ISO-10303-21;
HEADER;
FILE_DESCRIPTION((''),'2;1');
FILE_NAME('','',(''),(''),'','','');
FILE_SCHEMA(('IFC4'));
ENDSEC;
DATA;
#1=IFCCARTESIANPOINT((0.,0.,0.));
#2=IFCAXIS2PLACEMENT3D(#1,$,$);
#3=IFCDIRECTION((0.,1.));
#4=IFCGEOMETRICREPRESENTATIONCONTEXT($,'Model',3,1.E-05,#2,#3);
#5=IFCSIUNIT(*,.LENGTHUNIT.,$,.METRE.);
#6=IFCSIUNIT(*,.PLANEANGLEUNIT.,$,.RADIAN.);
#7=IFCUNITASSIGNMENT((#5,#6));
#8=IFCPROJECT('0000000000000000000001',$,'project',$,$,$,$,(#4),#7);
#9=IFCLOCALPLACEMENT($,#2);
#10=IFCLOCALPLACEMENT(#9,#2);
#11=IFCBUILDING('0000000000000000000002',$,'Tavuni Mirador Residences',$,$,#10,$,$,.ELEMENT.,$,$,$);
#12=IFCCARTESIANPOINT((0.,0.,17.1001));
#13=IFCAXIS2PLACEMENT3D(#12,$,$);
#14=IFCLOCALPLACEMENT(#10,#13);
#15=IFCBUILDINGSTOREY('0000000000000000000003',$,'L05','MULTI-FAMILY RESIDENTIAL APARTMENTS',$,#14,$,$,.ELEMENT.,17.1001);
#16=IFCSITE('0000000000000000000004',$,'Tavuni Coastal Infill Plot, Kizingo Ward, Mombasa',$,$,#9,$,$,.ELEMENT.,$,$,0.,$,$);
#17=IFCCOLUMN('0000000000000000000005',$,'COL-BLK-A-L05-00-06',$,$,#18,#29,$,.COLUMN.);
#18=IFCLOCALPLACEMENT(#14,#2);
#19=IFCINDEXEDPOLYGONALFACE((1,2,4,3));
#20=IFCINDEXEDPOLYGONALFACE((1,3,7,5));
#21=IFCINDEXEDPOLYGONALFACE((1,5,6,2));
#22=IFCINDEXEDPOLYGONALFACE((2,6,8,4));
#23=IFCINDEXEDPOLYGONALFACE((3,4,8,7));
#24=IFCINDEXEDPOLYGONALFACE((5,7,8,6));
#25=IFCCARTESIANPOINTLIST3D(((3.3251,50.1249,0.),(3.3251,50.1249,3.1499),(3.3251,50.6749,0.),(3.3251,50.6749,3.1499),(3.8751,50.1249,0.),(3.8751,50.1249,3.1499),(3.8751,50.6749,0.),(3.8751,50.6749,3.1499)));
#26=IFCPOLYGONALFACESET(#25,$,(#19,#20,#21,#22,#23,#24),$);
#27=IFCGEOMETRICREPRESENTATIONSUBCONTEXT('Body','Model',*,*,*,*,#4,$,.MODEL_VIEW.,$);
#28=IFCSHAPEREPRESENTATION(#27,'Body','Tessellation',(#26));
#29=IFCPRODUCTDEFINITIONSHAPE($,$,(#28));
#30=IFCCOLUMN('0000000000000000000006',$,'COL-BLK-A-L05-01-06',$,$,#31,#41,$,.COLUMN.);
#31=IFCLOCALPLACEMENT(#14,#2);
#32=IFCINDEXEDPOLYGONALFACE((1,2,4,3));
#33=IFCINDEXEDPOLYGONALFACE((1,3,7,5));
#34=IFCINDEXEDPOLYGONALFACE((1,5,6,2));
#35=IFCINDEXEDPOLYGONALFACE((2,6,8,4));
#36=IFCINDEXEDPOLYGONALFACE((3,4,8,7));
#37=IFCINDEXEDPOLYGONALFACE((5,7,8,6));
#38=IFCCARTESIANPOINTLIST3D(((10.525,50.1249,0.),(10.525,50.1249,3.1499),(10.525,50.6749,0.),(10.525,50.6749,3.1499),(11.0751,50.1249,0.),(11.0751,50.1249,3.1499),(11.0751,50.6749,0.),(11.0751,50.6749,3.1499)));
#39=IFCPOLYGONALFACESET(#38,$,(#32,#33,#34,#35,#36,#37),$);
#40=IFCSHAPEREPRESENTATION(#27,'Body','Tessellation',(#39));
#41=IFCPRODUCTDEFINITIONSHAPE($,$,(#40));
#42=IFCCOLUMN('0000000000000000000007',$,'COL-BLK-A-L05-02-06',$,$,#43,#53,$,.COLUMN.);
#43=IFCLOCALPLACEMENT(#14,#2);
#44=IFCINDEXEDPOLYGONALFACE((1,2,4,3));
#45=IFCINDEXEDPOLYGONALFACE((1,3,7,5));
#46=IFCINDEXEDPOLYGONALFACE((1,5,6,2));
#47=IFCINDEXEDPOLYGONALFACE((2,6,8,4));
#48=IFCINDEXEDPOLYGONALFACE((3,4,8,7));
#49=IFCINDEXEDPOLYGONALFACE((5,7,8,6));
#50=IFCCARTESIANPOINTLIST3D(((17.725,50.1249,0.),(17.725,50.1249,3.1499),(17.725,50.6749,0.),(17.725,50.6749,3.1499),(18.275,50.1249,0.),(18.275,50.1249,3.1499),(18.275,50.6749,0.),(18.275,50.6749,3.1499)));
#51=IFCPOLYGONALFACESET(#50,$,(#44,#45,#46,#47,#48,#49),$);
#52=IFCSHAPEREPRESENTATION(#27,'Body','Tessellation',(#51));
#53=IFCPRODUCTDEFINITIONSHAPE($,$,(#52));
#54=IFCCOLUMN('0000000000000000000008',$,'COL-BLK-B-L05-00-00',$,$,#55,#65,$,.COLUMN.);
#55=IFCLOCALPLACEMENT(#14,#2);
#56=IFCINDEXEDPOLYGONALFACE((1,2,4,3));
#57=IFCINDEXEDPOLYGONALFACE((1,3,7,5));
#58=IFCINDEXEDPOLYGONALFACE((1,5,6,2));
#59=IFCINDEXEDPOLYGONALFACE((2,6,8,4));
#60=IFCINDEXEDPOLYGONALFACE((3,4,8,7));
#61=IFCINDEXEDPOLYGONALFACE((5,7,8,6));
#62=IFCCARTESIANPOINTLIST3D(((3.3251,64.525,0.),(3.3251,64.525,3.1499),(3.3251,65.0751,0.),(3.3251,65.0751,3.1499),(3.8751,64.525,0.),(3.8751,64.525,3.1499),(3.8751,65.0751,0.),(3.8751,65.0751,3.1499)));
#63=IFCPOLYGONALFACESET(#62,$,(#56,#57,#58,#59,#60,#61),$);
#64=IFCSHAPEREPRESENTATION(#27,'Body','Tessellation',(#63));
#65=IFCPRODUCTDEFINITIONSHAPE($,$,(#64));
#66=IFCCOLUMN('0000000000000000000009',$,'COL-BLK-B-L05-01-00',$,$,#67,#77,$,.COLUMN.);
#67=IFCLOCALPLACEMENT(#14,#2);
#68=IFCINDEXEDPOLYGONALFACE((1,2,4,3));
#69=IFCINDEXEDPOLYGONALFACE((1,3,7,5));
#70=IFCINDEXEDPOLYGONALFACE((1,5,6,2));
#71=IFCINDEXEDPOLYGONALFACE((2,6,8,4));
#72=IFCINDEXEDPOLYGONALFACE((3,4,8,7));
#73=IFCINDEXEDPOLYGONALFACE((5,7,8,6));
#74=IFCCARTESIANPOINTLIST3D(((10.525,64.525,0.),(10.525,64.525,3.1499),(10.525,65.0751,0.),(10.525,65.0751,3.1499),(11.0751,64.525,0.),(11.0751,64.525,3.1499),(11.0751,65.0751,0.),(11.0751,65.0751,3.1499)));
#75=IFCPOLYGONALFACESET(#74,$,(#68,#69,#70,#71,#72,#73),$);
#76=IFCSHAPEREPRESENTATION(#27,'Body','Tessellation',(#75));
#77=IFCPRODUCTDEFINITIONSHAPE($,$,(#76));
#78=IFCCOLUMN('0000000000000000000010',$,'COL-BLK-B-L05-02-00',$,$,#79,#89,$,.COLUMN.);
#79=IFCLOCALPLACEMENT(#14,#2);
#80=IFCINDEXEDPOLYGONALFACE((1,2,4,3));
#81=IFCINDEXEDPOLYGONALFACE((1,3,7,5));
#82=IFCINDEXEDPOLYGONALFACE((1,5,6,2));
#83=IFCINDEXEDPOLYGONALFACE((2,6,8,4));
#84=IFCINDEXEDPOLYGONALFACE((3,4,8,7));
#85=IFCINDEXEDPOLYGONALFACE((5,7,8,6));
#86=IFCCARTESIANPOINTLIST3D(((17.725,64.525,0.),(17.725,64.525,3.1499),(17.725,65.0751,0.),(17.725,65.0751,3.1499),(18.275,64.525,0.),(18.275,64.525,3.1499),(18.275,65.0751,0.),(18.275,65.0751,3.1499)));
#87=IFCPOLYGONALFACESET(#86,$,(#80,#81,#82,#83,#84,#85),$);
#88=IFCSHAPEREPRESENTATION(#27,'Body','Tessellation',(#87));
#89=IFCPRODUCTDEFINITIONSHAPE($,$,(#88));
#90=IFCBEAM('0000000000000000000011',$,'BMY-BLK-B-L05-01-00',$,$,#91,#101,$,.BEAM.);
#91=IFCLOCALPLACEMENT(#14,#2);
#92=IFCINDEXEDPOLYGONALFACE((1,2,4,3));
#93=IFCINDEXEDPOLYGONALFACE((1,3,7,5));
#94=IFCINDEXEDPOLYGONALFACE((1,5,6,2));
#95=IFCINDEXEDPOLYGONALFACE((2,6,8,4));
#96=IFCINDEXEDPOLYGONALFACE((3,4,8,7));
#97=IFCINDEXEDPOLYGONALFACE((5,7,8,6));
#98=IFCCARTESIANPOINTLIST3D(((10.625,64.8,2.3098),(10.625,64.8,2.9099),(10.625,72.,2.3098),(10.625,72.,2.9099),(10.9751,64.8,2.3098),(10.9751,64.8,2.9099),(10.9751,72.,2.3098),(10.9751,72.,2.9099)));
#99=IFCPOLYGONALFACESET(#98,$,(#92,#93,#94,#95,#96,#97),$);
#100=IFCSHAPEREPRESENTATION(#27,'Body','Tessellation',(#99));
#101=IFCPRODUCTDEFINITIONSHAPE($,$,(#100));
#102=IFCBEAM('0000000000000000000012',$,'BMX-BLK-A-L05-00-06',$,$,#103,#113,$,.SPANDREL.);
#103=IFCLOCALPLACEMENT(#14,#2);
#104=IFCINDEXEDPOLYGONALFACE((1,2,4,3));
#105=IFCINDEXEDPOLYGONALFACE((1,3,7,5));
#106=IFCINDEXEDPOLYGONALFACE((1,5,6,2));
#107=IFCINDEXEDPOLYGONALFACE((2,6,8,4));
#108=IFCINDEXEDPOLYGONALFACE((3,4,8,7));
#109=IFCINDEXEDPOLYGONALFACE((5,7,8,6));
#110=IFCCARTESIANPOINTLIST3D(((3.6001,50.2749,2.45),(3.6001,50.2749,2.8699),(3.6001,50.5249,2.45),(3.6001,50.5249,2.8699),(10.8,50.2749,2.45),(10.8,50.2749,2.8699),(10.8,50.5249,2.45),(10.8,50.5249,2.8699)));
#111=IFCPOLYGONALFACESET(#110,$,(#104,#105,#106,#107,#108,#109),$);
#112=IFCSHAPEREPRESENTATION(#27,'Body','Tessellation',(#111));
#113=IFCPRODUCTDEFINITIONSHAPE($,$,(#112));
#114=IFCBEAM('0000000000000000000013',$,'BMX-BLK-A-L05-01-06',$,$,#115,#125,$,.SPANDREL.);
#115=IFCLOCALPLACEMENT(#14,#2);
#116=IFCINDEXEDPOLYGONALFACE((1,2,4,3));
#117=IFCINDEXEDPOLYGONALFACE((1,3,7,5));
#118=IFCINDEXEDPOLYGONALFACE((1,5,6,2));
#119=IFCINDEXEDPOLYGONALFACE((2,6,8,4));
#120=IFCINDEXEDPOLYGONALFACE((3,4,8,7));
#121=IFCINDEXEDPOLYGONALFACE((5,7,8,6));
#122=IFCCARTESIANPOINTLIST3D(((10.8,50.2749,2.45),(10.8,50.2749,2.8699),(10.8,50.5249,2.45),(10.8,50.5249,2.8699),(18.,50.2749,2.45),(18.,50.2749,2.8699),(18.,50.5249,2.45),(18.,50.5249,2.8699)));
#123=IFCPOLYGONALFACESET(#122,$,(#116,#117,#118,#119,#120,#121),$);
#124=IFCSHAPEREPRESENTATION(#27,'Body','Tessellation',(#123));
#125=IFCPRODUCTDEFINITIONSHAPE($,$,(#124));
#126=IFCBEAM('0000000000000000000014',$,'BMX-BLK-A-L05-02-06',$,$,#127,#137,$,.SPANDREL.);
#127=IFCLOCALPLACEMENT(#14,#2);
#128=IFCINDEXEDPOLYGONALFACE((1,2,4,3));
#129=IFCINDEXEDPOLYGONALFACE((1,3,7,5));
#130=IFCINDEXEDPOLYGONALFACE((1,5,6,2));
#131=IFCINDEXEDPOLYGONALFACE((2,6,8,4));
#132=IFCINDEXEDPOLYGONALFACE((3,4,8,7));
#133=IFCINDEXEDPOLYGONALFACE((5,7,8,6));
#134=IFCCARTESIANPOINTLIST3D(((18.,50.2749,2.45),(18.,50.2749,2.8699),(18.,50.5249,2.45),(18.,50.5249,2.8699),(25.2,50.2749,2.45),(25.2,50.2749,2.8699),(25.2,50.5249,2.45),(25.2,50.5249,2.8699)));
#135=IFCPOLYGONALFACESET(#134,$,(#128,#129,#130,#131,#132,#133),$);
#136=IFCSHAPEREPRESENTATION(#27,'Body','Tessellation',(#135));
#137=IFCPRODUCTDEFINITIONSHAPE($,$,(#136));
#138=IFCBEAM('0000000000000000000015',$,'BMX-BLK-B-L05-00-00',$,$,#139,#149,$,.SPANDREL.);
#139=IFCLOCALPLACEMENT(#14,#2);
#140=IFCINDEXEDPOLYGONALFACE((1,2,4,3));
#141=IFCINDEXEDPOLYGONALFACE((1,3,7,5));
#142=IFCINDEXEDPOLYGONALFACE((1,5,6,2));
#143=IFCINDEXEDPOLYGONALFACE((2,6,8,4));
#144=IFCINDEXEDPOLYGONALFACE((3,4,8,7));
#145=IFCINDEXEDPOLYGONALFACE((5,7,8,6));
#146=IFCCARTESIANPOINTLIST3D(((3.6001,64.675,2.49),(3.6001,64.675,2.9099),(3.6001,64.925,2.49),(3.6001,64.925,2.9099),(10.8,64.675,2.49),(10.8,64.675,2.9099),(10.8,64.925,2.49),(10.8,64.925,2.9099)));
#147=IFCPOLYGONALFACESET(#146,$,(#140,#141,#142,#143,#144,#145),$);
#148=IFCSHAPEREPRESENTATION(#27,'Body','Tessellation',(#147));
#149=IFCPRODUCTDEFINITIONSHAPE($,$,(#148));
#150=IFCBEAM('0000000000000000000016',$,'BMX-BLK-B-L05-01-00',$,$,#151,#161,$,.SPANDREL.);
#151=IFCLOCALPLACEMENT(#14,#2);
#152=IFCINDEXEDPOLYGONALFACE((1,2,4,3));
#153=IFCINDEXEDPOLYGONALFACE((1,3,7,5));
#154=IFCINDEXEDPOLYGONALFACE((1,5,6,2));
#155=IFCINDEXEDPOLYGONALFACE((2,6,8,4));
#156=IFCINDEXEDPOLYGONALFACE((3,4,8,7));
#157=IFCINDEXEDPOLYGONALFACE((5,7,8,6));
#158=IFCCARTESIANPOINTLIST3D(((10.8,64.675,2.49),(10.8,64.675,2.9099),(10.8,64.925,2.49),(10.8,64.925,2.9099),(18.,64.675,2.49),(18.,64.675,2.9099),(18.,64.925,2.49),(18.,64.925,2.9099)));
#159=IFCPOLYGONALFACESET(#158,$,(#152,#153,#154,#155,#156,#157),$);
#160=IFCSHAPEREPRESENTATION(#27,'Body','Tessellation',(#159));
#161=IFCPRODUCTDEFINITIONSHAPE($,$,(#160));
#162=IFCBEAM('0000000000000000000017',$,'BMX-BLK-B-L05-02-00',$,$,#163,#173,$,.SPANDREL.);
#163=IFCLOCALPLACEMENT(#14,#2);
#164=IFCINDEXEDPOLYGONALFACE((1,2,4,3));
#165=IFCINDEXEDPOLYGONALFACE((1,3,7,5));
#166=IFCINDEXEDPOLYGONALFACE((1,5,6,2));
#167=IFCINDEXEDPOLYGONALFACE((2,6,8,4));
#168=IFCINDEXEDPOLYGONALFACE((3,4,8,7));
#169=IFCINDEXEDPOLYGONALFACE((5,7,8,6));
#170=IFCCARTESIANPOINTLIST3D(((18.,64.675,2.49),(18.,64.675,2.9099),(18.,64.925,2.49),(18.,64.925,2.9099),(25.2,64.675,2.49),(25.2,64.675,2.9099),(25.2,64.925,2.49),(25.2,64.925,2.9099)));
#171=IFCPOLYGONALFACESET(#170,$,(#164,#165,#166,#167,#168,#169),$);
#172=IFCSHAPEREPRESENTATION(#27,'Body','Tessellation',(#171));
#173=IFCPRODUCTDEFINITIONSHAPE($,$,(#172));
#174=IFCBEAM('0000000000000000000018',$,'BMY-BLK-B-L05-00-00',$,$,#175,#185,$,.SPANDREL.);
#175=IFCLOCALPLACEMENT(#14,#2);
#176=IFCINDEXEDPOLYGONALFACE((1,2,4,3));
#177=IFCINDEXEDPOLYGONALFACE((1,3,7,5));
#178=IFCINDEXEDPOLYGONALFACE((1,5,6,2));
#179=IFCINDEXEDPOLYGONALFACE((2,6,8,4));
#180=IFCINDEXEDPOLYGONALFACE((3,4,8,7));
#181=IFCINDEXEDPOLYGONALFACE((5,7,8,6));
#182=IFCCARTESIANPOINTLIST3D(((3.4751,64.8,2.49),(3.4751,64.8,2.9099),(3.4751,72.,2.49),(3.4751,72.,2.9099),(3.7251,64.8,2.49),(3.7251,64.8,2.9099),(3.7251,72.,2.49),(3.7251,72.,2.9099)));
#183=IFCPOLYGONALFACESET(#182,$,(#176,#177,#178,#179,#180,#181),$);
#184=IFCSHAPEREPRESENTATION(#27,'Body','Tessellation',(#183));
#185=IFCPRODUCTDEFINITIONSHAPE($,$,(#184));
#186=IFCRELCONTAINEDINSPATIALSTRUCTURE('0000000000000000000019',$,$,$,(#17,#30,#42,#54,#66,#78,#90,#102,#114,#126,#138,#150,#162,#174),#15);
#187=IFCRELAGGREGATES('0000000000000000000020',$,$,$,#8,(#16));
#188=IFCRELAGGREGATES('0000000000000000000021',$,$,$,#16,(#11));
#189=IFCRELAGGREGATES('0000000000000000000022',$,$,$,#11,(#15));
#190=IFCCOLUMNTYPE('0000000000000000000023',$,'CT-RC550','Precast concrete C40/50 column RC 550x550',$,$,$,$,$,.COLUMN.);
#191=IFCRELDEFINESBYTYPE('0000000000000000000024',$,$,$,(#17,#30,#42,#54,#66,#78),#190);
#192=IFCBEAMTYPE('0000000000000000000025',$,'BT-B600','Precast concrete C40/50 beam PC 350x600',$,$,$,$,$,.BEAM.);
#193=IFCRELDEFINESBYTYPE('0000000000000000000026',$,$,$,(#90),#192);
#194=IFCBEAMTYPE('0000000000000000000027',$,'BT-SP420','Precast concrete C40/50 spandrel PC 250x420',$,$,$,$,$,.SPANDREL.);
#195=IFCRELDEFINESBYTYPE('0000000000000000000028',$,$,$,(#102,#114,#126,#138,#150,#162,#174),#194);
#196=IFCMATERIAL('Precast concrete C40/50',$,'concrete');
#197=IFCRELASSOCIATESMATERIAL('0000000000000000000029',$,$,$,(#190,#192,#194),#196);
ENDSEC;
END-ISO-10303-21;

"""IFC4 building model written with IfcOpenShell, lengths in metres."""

from ifc_helpers import new_model, si_unit, direction, frame, origin, origin_2d, place, context, subcontext, project, spatial, rectangle, extrude, material, material_profile, profile_set, type_object, element, save


model = new_model("IFC4")

# Units and contexts
model_context = context("Model", 3, precision=1e-05, world=origin(), true_north=direction((0.0, 1.0)))
body_context = subcontext(model_context, "Body", "Model", "MODEL_VIEW")
ifc_project = project(units=[si_unit("LENGTHUNIT", "METRE"), si_unit("PLANEANGLEUNIT", "RADIAN")], contexts=[model_context])

# Site, building, storey
site_placement = place(None, origin())
site = spatial("IfcSite", under=ifc_project, at=site_placement, Name="Tavuni Coastal Infill Plot, Kizingo Ward, Mombasa", CompositionType="ELEMENT", RefElevation=0.0)
building_placement = place(site_placement, origin())
building = spatial("IfcBuilding", under=site, at=building_placement, Name="Tavuni Mirador Residences", CompositionType="ELEMENT")
storey_placement = place(building_placement, frame((0.0, 0.0, 17.1001)))
storey = spatial("IfcBuildingStorey", under=building, at=storey_placement, Name="L05", Description="MULTI-FAMILY RESIDENTIAL APARTMENTS", CompositionType="ELEMENT", Elevation=17.1001)

# Columns
ifc_material_1 = material(Name="Precast concrete C40/50", Category="concrete")
ifc_material_profile_1 = material_profile(ifc_material_1, rectangle(XDim=0.55, YDim=0.55, at=origin_2d()), Name="RC 550x550", Category="concrete")
ifc_profile_set_1 = profile_set([ifc_material_profile_1], Name="Precast concrete C40/50")
column_type = type_object("IfcColumnType", Name="CT-RC550", Description="Precast concrete C40/50 column RC 550x550", PredefinedType="COLUMN", material=ifc_profile_set_1)
for number, where, z_axis, x_axis, name in (
    (1, (3.6001, 50.3999, 0.0), (0.0, 0.0, 1.0), (1.0, 0.0, 0.0), "COL-BLK-A-L05-00-06"),
    (2, (10.8, 50.3999, 0.0), (0.0, 0.0, 1.0), (1.0, 0.0, 0.0), "COL-BLK-A-L05-01-06"),
    (3, (18.0, 50.3999, 0.0), (0.0, 0.0, 1.0), (1.0, 0.0, 0.0), "COL-BLK-A-L05-02-06"),
    (4, (3.6001, 64.8, 0.0), (0.0, 0.0, 1.0), (1.0, 0.0, 0.0), "COL-BLK-B-L05-00-00"),
    (5, (10.8, 64.8, 0.0), (0.0, 0.0, 1.0), (1.0, 0.0, 0.0), "COL-BLK-B-L05-01-00"),
    (6, (18.0, 64.8, 0.0), (0.0, 0.0, 1.0), (1.0, 0.0, 0.0), "COL-BLK-B-L05-02-00"),
):
    element("IfcColumn", number, at=place(storey_placement, frame(where, z_axis=z_axis, x_axis=x_axis)), inside=storey, type_object=column_type, Name=name, PredefinedType="COLUMN", context=body_context, shape_type="SweptSolid", body=[
        extrude(rectangle(XDim=0.55, YDim=0.55, at=origin_2d()), origin(), (0.0, 0.0, 1.0), 3.1499),
    ])

# Beams
ifc_material_profile_2 = material_profile(ifc_material_1, rectangle(XDim=0.3501, YDim=0.6001, at=origin_2d()), Name="PC 350x600", Category="concrete")
ifc_profile_set_2 = profile_set([ifc_material_profile_2], Name="Precast concrete C40/50")
beam_type_1 = type_object("IfcBeamType", Name="BT-B600", Description="Precast concrete C40/50 beam PC 350x600", PredefinedType="BEAM", material=ifc_profile_set_2)
beam_placement = place(storey_placement, frame((10.8, 64.8, 2.6099), z_axis=(0.0, 1.0, 0.0), x_axis=(-1.0, 0.0, 0.0)))
element("IfcBeam", 7, at=beam_placement, inside=storey, type_object=beam_type_1, Name="BMY-BLK-B-L05-01-00", PredefinedType="BEAM", context=body_context, shape_type="SweptSolid", body=[
    extrude(rectangle(XDim=0.3501, YDim=0.6001, at=origin_2d()), origin(), (0.0, 0.0, 1.0), 7.2),
])
ifc_material_profile_3 = material_profile(ifc_material_1, rectangle(XDim=0.25, YDim=0.4199, at=origin_2d()), Name="PC 250x420", Category="concrete")
ifc_profile_set_3 = profile_set([ifc_material_profile_3], Name="Precast concrete C40/50")
beam_type_2 = type_object("IfcBeamType", Name="BT-SP420", Description="Precast concrete C40/50 spandrel PC 250x420", PredefinedType="SPANDREL", material=ifc_profile_set_3)
for number, where, z_axis, x_axis, name in (
    (8, (3.6001, 50.3999, 2.6599), (1.0, 0.0, 0.0), (0.0, 1.0, 0.0), "BMX-BLK-A-L05-00-06"),
    (9, (10.8, 50.3999, 2.6599), (1.0, 0.0, 0.0), (0.0, 1.0, 0.0), "BMX-BLK-A-L05-01-06"),
    (10, (18.0, 50.3999, 2.6599), (1.0, 0.0, 0.0), (0.0, 1.0, 0.0), "BMX-BLK-A-L05-02-06"),
    (11, (3.6001, 64.8, 2.7), (1.0, 0.0, 0.0), (0.0, 1.0, 0.0), "BMX-BLK-B-L05-00-00"),
    (12, (10.8, 64.8, 2.7), (1.0, 0.0, 0.0), (0.0, 1.0, 0.0), "BMX-BLK-B-L05-01-00"),
    (13, (18.0, 64.8, 2.7), (1.0, 0.0, 0.0), (0.0, 1.0, 0.0), "BMX-BLK-B-L05-02-00"),
    (14, (3.6001, 64.8, 2.7), (0.0, 1.0, 0.0), (-1.0, 0.0, 0.0), "BMY-BLK-B-L05-00-00"),
):
    element("IfcBeam", number, at=place(storey_placement, frame(where, z_axis=z_axis, x_axis=x_axis)), inside=storey, type_object=beam_type_2, Name=name, PredefinedType="SPANDREL", context=body_context, shape_type="SweptSolid", body=[
        extrude(rectangle(XDim=0.25, YDim=0.4199, at=origin_2d()), origin(), (0.0, 0.0, 1.0), 7.2),
    ])

save(model, "model.ifc")
